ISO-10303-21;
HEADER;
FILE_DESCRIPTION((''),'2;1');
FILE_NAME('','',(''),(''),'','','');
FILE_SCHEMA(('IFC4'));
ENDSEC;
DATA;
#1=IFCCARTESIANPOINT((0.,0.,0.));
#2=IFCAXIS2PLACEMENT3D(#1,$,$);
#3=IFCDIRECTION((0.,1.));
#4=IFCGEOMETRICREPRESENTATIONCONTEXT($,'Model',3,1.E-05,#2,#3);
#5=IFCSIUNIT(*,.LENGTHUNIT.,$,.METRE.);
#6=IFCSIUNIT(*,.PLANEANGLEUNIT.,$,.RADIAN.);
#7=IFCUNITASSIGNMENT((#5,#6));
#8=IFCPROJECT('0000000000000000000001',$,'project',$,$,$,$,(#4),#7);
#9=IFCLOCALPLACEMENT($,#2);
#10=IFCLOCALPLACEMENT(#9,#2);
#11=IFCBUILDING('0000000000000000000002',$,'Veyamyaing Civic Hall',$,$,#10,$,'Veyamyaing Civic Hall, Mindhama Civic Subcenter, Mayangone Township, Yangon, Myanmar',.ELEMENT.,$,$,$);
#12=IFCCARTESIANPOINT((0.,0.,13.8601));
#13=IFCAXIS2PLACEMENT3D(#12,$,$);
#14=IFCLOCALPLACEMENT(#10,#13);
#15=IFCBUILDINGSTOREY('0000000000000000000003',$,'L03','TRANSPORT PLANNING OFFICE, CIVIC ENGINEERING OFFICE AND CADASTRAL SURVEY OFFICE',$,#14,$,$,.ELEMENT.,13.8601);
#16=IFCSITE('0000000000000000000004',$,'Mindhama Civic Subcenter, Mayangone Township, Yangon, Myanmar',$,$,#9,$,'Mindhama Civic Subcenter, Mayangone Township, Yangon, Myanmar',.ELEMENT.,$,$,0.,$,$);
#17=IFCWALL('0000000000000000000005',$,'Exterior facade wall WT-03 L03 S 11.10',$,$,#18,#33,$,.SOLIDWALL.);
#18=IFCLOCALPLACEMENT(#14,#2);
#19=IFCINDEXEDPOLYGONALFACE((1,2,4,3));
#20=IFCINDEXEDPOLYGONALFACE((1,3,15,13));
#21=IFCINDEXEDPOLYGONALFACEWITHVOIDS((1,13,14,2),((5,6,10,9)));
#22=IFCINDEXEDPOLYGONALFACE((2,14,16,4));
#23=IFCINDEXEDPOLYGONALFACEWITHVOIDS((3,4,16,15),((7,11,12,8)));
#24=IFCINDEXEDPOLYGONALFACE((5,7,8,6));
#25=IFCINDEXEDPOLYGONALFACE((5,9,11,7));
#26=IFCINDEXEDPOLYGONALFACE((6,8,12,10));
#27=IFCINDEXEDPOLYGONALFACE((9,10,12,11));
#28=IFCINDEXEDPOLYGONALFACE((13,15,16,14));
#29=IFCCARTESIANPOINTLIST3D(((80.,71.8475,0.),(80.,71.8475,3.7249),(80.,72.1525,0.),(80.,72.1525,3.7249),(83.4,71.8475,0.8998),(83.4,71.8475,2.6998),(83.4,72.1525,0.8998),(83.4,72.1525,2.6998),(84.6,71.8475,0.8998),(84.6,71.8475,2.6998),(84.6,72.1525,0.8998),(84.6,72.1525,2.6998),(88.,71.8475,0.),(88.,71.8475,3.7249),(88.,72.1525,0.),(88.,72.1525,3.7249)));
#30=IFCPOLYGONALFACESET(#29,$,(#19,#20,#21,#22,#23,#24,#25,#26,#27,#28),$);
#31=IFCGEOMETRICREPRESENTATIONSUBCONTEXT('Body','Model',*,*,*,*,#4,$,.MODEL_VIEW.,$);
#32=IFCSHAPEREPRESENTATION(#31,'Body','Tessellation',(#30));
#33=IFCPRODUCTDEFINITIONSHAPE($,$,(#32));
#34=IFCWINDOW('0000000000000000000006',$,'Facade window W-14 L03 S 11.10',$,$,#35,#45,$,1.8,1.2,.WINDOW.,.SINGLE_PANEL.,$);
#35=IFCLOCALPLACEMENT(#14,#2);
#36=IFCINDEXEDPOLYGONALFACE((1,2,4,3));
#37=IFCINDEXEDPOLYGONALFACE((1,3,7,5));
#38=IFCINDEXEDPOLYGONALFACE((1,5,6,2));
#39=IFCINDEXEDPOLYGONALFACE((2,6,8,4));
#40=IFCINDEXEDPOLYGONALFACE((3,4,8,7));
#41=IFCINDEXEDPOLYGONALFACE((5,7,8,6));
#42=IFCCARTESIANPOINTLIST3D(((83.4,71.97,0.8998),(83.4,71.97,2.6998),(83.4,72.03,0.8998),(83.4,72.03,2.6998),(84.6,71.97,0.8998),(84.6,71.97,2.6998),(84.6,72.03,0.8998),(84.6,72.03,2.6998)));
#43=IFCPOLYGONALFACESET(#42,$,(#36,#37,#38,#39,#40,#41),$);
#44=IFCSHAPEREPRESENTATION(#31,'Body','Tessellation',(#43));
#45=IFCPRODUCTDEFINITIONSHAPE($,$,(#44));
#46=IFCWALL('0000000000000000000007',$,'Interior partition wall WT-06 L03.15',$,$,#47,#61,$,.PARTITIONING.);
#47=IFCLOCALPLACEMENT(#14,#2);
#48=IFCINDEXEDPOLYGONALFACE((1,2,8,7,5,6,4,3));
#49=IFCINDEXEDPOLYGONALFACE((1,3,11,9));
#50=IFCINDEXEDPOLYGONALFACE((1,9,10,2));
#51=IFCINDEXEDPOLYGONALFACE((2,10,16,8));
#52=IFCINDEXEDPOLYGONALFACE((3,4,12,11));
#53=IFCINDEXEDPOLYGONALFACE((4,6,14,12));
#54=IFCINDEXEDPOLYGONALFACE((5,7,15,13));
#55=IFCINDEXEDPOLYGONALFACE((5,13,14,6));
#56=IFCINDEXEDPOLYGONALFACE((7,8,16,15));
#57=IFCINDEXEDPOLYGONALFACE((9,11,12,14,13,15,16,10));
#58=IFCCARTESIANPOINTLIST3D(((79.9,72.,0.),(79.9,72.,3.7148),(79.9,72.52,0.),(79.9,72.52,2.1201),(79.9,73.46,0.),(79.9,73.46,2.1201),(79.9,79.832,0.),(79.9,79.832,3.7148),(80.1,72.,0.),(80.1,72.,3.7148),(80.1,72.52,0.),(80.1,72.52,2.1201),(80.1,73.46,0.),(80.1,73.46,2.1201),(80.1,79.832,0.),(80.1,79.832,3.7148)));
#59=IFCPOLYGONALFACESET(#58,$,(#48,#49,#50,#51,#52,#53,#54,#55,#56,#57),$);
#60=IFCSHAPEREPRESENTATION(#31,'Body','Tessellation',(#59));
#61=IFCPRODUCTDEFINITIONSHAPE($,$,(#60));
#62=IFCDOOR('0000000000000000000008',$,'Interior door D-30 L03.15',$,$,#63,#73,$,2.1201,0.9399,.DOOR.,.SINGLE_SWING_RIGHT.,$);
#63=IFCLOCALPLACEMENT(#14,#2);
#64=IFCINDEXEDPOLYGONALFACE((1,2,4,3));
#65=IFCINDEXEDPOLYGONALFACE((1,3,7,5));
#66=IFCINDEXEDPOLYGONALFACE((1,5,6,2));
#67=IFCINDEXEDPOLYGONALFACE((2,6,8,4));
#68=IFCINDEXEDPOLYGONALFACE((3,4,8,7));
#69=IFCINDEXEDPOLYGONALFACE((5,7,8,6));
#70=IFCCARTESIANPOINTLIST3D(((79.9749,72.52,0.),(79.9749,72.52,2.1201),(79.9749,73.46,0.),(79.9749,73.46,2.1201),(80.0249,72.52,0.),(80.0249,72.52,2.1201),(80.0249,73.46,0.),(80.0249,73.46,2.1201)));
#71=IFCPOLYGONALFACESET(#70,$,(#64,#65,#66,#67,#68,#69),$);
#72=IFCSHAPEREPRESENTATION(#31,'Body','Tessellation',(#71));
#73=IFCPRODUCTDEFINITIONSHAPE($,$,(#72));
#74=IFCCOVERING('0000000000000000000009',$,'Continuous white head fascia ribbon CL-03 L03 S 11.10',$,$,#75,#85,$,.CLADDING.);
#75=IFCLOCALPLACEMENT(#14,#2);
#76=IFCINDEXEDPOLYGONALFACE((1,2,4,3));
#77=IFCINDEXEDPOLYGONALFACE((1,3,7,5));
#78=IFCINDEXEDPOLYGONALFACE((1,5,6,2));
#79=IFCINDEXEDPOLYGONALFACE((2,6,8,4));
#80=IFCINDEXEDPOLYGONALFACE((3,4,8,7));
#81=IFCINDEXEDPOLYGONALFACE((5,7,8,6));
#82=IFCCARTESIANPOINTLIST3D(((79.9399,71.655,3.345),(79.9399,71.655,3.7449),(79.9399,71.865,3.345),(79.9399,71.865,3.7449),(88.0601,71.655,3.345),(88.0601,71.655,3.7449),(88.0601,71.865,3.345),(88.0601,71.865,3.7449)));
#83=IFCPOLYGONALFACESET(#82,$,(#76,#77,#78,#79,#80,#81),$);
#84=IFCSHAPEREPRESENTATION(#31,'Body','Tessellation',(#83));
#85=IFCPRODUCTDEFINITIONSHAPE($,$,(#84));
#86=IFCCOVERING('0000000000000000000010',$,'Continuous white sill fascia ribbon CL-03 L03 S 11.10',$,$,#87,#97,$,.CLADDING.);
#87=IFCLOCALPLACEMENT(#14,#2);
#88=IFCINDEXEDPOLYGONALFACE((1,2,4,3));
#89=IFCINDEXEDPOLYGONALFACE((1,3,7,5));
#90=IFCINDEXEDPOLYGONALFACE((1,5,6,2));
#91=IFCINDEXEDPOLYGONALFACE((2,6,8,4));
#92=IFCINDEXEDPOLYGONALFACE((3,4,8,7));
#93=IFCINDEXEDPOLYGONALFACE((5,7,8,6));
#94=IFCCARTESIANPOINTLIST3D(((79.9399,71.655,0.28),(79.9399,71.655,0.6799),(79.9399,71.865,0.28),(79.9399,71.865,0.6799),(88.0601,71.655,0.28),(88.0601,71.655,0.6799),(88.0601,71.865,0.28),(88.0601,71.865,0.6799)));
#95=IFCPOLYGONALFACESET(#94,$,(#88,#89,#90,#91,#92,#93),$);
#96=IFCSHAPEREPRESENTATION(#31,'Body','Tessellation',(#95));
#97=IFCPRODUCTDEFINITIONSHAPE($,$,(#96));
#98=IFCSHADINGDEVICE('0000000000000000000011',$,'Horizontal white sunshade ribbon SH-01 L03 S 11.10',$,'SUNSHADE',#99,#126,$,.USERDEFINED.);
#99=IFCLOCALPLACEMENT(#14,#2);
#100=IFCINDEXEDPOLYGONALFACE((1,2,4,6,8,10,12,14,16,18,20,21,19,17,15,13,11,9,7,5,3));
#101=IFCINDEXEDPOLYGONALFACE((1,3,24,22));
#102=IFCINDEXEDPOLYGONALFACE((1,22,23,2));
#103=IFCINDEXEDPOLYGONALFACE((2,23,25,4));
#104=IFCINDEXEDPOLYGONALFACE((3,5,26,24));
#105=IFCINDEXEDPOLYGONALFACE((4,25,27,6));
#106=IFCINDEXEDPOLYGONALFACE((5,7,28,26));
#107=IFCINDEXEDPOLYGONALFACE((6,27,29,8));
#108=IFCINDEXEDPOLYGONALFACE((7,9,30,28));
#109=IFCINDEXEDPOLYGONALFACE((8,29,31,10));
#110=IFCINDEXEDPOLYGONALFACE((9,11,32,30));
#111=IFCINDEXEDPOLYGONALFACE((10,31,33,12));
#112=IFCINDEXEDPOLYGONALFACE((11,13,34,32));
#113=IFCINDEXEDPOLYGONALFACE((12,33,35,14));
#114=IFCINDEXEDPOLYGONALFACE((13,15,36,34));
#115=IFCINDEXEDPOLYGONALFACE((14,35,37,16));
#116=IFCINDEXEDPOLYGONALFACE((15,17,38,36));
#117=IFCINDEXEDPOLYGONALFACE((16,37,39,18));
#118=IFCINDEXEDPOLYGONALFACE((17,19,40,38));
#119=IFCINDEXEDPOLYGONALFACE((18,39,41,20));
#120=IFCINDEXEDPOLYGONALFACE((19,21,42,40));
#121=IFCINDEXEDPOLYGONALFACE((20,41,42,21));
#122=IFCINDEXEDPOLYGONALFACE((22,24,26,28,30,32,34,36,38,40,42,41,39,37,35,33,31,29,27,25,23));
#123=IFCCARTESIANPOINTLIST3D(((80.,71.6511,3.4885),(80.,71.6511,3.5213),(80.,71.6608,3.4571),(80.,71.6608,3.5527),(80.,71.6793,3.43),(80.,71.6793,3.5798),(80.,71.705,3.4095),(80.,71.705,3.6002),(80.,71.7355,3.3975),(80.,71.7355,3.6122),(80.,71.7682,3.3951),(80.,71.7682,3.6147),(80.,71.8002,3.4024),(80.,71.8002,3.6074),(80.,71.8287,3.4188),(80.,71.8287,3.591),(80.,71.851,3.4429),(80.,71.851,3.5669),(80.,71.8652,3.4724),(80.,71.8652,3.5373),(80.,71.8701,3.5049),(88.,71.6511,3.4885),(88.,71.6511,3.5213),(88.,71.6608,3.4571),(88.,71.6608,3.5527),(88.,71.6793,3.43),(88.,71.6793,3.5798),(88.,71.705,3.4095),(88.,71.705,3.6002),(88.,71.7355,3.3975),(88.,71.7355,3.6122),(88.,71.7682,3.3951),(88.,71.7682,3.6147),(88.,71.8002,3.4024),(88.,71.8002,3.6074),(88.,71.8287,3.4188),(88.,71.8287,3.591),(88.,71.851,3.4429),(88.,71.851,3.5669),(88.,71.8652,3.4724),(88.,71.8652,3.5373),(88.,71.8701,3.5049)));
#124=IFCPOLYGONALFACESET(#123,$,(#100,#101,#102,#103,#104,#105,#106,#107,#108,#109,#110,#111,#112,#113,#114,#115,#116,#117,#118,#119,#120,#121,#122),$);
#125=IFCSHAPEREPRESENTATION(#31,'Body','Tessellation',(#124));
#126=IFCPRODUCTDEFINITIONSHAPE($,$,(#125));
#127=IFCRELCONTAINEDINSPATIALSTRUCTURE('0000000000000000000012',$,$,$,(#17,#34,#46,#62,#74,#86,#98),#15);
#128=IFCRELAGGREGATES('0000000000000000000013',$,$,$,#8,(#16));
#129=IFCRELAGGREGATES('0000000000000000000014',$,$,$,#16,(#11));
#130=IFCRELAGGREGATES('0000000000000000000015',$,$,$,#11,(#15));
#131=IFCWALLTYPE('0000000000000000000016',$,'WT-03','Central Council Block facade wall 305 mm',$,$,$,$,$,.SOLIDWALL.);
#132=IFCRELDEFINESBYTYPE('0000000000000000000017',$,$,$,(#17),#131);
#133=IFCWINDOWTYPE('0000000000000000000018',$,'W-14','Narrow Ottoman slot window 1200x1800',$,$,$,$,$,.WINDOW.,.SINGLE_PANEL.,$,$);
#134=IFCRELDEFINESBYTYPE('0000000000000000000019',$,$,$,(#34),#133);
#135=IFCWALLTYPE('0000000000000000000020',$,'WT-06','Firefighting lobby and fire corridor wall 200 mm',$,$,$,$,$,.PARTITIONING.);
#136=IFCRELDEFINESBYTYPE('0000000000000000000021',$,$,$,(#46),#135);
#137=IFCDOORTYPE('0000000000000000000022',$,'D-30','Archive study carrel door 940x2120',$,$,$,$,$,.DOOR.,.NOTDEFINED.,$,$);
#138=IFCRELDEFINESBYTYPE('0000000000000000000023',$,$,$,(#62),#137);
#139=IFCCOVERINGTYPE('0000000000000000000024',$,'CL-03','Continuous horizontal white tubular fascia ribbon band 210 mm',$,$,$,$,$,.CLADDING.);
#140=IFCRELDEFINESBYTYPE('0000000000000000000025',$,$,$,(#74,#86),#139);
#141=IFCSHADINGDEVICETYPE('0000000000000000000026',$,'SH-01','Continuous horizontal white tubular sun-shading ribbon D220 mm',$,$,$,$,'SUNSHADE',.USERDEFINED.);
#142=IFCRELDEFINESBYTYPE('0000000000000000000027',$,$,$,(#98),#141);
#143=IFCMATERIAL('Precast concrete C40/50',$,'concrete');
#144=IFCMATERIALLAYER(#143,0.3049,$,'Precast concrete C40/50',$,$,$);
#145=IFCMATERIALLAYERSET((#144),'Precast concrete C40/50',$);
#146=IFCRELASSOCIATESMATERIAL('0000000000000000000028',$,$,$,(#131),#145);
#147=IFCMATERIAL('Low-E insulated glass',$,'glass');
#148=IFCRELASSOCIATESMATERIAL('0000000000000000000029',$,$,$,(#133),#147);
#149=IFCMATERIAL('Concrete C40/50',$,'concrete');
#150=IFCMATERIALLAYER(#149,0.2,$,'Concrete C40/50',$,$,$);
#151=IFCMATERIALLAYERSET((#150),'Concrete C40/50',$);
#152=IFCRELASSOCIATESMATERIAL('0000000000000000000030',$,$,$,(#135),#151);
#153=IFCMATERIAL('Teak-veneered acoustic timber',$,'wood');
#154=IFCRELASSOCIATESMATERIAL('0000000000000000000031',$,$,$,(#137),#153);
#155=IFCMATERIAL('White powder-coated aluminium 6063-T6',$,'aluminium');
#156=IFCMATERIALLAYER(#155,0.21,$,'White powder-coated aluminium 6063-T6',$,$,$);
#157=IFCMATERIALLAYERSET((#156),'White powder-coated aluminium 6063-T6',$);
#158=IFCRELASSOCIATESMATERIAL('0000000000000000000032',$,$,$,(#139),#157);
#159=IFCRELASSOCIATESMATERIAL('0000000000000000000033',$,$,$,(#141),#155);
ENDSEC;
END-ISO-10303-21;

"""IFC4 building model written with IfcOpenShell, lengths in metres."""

from ifc_helpers import new_model, si_unit, direction, frame, frame_2d, origin, origin_2d, place, context, subcontext, project, spatial, rectangle, circle, extrude, material, layer, layer_set, material_profile, profile_set, type_object, element, fill, save


model = new_model("IFC4")

# Units and contexts
model_context = context("Model", 3, precision=1e-05, world=origin(), true_north=direction((0.0, 1.0)))
body_context = subcontext(model_context, "Body", "Model", "MODEL_VIEW")
ifc_project = project(units=[si_unit("LENGTHUNIT", "METRE"), si_unit("PLANEANGLEUNIT", "RADIAN")], contexts=[model_context])

# Site, building, storey
site_placement = place(None, origin())
site = spatial("IfcSite", under=ifc_project, at=site_placement, Name="Mindhama Civic Subcenter, Mayangone Township, Yangon, Myanmar", LongName="Mindhama Civic Subcenter, Mayangone Township, Yangon, Myanmar", CompositionType="ELEMENT", RefElevation=0.0)
building_placement = place(site_placement, origin())
building = spatial("IfcBuilding", under=site, at=building_placement, Name="Veyamyaing Civic Hall", LongName="Veyamyaing Civic Hall, Mindhama Civic Subcenter, Mayangone Township, Yangon, Myanmar", CompositionType="ELEMENT")
storey_placement = place(building_placement, frame((0.0, 0.0, 13.8601)))
storey = spatial("IfcBuildingStorey", under=building, at=storey_placement, Name="L03", Description="TRANSPORT PLANNING OFFICE, CIVIC ENGINEERING OFFICE AND CADASTRAL SURVEY OFFICE", CompositionType="ELEMENT", Elevation=13.8601)

# Shared definitions
ifc_material_1 = material(Name="Low-E insulated glass", Category="glass")

# Wall, opening, window
ifc_material_2 = material(Name="Precast concrete C40/50", Category="concrete")
ifc_layer_1 = layer(ifc_material_2, 0.3049, Name="Precast concrete C40/50")
ifc_layer_set_1 = layer_set([ifc_layer_1], Name="Precast concrete C40/50")
wall_type_1 = type_object("IfcWallType", Name="WT-03", Description="Central Council Block facade wall 305 mm", PredefinedType="SOLIDWALL", material=ifc_layer_set_1)
wall_1_placement = place(storey_placement, frame((80.0, 72.0, 0.0), z_axis=(0.0, 0.0, 1.0), x_axis=(1.0, 0.0, 0.0)))
wall_1 = element("IfcWall", 1, at=wall_1_placement, inside=storey, type_object=wall_type_1, Name="Exterior facade wall WT-03 L03 S 11.10", PredefinedType="SOLIDWALL", context=body_context, shape_type="SweptSolid", body=[
    extrude(rectangle(XDim=8.0, YDim=0.3049, at=frame_2d((4.0, 0.0))), origin(), (0.0, 0.0, 1.0), 3.7249),
])
opening_1_placement = place(wall_1_placement, frame((3.3999, 0.0, 0.8999)))
opening_1 = element("IfcOpeningElement", 2, at=opening_1_placement, cuts=wall_1, PredefinedType="OPENING", context=body_context, shape_type="SweptSolid", body=[
    extrude(rectangle(XDim=1.2, YDim=1.8, at=frame_2d((0.6001, 0.8999))), frame((0.0, 0.1624, 0.0), z_axis=(0.0, -1.0, 0.0), x_axis=(1.0, 0.0, 0.0)), (0.0, 0.0, 1.0), 0.325),
])
window_type = type_object("IfcWindowType", Name="W-14", Description="Narrow Ottoman slot window 1200x1800", PartitioningType="SINGLE_PANEL", PredefinedType="WINDOW", material=ifc_material_1)
window_placement = place(opening_1_placement, origin())
window = element("IfcWindow", 3, at=window_placement, inside=storey, type_object=window_type, Name="Facade window W-14 L03 S 11.10", OverallHeight=1.8, OverallWidth=1.2, PartitioningType="SINGLE_PANEL", PredefinedType="WINDOW", context=body_context, shape_type="SweptSolid", body=[
    extrude(rectangle(XDim=1.2, YDim=1.8, at=frame_2d((0.6001, 0.8999))), frame((0.0, 0.03, 0.0), z_axis=(0.0, -1.0, 0.0), x_axis=(1.0, 0.0, 0.0)), (0.0, 0.0, 1.0), 0.0601),
])
fill(opening_1, window)

# Wall, opening, door
ifc_material_3 = material(Name="Concrete C40/50", Category="concrete")
ifc_layer_2 = layer(ifc_material_3, 0.2, Name="Concrete C40/50")
ifc_layer_set_2 = layer_set([ifc_layer_2], Name="Concrete C40/50")
wall_type_2 = type_object("IfcWallType", Name="WT-06", Description="Firefighting lobby and fire corridor wall 200 mm", PredefinedType="PARTITIONING", material=ifc_layer_set_2)
wall_2_placement = place(storey_placement, frame((80.0, 72.0, 0.0), z_axis=(0.0, 0.0, 1.0), x_axis=(0.0, 1.0, 0.0)))
wall_2 = element("IfcWall", 4, at=wall_2_placement, inside=storey, type_object=wall_type_2, Name="Interior partition wall WT-06 L03.15", PredefinedType="PARTITIONING", context=body_context, shape_type="SweptSolid", body=[
    extrude(rectangle(XDim=7.832, YDim=0.2, at=frame_2d((3.916, 0.0))), origin(), (0.0, 0.0, 1.0), 3.7148),
])
opening_2_placement = place(wall_2_placement, frame((0.52, 0.0, 0.0)))
opening_2 = element("IfcOpeningElement", 5, at=opening_2_placement, cuts=wall_2, PredefinedType="OPENING", context=body_context, shape_type="SweptSolid", body=[
    extrude(rectangle(XDim=0.9399, YDim=2.1201, at=frame_2d((0.47, 1.0601))), frame((0.0, 0.1099, 0.0), z_axis=(0.0, -1.0, 0.0), x_axis=(1.0, 0.0, 0.0)), (0.0, 0.0, 1.0), 0.22),
])
ifc_material_4 = material(Name="Teak-veneered acoustic timber", Category="wood")
door_type = type_object("IfcDoorType", Name="D-30", Description="Archive study carrel door 940x2120", OperationType="NOTDEFINED", PredefinedType="DOOR", material=ifc_material_4)
door_placement = place(opening_2_placement, frame((0.9399, 0.0, 0.0), z_axis=(0.0, 0.0, 1.0), x_axis=(-1.0, 0.0, 0.0)))
door = element("IfcDoor", 6, at=door_placement, inside=storey, type_object=door_type, Name="Interior door D-30 L03.15", OperationType="SINGLE_SWING_RIGHT", OverallHeight=2.1201, OverallWidth=0.9399, PredefinedType="DOOR", context=body_context, shape_type="SweptSolid", body=[
    extrude(rectangle(XDim=0.9399, YDim=2.1201, at=frame_2d((0.47, 1.0601))), frame((0.0, 0.0249, 0.0), z_axis=(0.0, -1.0, 0.0), x_axis=(1.0, 0.0, 0.0)), (0.0, 0.0, 1.0), 0.05),
])
fill(opening_2, door)

# Coverings
ifc_material_5 = material(Name="White powder-coated aluminium 6063-T6", Category="aluminium")
ifc_layer_3 = layer(ifc_material_5, 0.21, Name="White powder-coated aluminium 6063-T6")
ifc_layer_set_3 = layer_set([ifc_layer_3], Name="White powder-coated aluminium 6063-T6")
covering_type = type_object("IfcCoveringType", Name="CL-03", Description="Continuous horizontal white tubular fascia ribbon band 210 mm", PredefinedType="CLADDING", material=ifc_layer_set_3)
for number, where, z_axis, x_axis, name in (
    (7, (84.0, 71.76, 3.345), (0.0, 0.0, 1.0), (1.0, 0.0, 0.0), "Continuous white head fascia ribbon CL-03 L03 S 11.10"),
    (8, (84.0, 71.76, 0.28), (0.0, 0.0, 1.0), (1.0, 0.0, 0.0), "Continuous white sill fascia ribbon CL-03 L03 S 11.10"),
):
    element("IfcCovering", number, at=place(storey_placement, frame(where, z_axis=z_axis, x_axis=x_axis)), inside=storey, type_object=covering_type, Name=name, PredefinedType="CLADDING", context=body_context, shape_type="SweptSolid", body=[
        extrude(rectangle(XDim=8.1201, YDim=0.21, at=origin_2d()), origin(), (0.0, 0.0, 1.0), 0.3999),
    ])

# Shading device
ifc_material_profile_1 = material_profile(ifc_material_5, circle(Radius=0.1101, at=origin_2d()), Name="SHADE-TUBE-220")
ifc_profile_set_1 = profile_set([ifc_material_profile_1], Name="White powder-coated aluminium 6063-T6")
shading_device_type = type_object("IfcShadingDeviceType", Name="SH-01", Description="Continuous horizontal white tubular sun-shading ribbon D220 mm", ElementType="SUNSHADE", PredefinedType="USERDEFINED", material=ifc_profile_set_1)
shading_device_placement = place(storey_placement, frame((80.0, 71.76, 3.5049), z_axis=(1.0, 0.0, 0.0), x_axis=(0.0, 1.0, 0.0)))
element("IfcShadingDevice", 9, at=shading_device_placement, inside=storey, type_object=shading_device_type, Name="Horizontal white sunshade ribbon SH-01 L03 S 11.10", ObjectType="SUNSHADE", PredefinedType="USERDEFINED", context=body_context, shape_type="SweptSolid", body=[
    extrude(circle(Radius=0.1101, at=origin_2d()), origin(), (0.0, 0.0, 1.0), 8.0),
])

save(model, "model.ifc")
